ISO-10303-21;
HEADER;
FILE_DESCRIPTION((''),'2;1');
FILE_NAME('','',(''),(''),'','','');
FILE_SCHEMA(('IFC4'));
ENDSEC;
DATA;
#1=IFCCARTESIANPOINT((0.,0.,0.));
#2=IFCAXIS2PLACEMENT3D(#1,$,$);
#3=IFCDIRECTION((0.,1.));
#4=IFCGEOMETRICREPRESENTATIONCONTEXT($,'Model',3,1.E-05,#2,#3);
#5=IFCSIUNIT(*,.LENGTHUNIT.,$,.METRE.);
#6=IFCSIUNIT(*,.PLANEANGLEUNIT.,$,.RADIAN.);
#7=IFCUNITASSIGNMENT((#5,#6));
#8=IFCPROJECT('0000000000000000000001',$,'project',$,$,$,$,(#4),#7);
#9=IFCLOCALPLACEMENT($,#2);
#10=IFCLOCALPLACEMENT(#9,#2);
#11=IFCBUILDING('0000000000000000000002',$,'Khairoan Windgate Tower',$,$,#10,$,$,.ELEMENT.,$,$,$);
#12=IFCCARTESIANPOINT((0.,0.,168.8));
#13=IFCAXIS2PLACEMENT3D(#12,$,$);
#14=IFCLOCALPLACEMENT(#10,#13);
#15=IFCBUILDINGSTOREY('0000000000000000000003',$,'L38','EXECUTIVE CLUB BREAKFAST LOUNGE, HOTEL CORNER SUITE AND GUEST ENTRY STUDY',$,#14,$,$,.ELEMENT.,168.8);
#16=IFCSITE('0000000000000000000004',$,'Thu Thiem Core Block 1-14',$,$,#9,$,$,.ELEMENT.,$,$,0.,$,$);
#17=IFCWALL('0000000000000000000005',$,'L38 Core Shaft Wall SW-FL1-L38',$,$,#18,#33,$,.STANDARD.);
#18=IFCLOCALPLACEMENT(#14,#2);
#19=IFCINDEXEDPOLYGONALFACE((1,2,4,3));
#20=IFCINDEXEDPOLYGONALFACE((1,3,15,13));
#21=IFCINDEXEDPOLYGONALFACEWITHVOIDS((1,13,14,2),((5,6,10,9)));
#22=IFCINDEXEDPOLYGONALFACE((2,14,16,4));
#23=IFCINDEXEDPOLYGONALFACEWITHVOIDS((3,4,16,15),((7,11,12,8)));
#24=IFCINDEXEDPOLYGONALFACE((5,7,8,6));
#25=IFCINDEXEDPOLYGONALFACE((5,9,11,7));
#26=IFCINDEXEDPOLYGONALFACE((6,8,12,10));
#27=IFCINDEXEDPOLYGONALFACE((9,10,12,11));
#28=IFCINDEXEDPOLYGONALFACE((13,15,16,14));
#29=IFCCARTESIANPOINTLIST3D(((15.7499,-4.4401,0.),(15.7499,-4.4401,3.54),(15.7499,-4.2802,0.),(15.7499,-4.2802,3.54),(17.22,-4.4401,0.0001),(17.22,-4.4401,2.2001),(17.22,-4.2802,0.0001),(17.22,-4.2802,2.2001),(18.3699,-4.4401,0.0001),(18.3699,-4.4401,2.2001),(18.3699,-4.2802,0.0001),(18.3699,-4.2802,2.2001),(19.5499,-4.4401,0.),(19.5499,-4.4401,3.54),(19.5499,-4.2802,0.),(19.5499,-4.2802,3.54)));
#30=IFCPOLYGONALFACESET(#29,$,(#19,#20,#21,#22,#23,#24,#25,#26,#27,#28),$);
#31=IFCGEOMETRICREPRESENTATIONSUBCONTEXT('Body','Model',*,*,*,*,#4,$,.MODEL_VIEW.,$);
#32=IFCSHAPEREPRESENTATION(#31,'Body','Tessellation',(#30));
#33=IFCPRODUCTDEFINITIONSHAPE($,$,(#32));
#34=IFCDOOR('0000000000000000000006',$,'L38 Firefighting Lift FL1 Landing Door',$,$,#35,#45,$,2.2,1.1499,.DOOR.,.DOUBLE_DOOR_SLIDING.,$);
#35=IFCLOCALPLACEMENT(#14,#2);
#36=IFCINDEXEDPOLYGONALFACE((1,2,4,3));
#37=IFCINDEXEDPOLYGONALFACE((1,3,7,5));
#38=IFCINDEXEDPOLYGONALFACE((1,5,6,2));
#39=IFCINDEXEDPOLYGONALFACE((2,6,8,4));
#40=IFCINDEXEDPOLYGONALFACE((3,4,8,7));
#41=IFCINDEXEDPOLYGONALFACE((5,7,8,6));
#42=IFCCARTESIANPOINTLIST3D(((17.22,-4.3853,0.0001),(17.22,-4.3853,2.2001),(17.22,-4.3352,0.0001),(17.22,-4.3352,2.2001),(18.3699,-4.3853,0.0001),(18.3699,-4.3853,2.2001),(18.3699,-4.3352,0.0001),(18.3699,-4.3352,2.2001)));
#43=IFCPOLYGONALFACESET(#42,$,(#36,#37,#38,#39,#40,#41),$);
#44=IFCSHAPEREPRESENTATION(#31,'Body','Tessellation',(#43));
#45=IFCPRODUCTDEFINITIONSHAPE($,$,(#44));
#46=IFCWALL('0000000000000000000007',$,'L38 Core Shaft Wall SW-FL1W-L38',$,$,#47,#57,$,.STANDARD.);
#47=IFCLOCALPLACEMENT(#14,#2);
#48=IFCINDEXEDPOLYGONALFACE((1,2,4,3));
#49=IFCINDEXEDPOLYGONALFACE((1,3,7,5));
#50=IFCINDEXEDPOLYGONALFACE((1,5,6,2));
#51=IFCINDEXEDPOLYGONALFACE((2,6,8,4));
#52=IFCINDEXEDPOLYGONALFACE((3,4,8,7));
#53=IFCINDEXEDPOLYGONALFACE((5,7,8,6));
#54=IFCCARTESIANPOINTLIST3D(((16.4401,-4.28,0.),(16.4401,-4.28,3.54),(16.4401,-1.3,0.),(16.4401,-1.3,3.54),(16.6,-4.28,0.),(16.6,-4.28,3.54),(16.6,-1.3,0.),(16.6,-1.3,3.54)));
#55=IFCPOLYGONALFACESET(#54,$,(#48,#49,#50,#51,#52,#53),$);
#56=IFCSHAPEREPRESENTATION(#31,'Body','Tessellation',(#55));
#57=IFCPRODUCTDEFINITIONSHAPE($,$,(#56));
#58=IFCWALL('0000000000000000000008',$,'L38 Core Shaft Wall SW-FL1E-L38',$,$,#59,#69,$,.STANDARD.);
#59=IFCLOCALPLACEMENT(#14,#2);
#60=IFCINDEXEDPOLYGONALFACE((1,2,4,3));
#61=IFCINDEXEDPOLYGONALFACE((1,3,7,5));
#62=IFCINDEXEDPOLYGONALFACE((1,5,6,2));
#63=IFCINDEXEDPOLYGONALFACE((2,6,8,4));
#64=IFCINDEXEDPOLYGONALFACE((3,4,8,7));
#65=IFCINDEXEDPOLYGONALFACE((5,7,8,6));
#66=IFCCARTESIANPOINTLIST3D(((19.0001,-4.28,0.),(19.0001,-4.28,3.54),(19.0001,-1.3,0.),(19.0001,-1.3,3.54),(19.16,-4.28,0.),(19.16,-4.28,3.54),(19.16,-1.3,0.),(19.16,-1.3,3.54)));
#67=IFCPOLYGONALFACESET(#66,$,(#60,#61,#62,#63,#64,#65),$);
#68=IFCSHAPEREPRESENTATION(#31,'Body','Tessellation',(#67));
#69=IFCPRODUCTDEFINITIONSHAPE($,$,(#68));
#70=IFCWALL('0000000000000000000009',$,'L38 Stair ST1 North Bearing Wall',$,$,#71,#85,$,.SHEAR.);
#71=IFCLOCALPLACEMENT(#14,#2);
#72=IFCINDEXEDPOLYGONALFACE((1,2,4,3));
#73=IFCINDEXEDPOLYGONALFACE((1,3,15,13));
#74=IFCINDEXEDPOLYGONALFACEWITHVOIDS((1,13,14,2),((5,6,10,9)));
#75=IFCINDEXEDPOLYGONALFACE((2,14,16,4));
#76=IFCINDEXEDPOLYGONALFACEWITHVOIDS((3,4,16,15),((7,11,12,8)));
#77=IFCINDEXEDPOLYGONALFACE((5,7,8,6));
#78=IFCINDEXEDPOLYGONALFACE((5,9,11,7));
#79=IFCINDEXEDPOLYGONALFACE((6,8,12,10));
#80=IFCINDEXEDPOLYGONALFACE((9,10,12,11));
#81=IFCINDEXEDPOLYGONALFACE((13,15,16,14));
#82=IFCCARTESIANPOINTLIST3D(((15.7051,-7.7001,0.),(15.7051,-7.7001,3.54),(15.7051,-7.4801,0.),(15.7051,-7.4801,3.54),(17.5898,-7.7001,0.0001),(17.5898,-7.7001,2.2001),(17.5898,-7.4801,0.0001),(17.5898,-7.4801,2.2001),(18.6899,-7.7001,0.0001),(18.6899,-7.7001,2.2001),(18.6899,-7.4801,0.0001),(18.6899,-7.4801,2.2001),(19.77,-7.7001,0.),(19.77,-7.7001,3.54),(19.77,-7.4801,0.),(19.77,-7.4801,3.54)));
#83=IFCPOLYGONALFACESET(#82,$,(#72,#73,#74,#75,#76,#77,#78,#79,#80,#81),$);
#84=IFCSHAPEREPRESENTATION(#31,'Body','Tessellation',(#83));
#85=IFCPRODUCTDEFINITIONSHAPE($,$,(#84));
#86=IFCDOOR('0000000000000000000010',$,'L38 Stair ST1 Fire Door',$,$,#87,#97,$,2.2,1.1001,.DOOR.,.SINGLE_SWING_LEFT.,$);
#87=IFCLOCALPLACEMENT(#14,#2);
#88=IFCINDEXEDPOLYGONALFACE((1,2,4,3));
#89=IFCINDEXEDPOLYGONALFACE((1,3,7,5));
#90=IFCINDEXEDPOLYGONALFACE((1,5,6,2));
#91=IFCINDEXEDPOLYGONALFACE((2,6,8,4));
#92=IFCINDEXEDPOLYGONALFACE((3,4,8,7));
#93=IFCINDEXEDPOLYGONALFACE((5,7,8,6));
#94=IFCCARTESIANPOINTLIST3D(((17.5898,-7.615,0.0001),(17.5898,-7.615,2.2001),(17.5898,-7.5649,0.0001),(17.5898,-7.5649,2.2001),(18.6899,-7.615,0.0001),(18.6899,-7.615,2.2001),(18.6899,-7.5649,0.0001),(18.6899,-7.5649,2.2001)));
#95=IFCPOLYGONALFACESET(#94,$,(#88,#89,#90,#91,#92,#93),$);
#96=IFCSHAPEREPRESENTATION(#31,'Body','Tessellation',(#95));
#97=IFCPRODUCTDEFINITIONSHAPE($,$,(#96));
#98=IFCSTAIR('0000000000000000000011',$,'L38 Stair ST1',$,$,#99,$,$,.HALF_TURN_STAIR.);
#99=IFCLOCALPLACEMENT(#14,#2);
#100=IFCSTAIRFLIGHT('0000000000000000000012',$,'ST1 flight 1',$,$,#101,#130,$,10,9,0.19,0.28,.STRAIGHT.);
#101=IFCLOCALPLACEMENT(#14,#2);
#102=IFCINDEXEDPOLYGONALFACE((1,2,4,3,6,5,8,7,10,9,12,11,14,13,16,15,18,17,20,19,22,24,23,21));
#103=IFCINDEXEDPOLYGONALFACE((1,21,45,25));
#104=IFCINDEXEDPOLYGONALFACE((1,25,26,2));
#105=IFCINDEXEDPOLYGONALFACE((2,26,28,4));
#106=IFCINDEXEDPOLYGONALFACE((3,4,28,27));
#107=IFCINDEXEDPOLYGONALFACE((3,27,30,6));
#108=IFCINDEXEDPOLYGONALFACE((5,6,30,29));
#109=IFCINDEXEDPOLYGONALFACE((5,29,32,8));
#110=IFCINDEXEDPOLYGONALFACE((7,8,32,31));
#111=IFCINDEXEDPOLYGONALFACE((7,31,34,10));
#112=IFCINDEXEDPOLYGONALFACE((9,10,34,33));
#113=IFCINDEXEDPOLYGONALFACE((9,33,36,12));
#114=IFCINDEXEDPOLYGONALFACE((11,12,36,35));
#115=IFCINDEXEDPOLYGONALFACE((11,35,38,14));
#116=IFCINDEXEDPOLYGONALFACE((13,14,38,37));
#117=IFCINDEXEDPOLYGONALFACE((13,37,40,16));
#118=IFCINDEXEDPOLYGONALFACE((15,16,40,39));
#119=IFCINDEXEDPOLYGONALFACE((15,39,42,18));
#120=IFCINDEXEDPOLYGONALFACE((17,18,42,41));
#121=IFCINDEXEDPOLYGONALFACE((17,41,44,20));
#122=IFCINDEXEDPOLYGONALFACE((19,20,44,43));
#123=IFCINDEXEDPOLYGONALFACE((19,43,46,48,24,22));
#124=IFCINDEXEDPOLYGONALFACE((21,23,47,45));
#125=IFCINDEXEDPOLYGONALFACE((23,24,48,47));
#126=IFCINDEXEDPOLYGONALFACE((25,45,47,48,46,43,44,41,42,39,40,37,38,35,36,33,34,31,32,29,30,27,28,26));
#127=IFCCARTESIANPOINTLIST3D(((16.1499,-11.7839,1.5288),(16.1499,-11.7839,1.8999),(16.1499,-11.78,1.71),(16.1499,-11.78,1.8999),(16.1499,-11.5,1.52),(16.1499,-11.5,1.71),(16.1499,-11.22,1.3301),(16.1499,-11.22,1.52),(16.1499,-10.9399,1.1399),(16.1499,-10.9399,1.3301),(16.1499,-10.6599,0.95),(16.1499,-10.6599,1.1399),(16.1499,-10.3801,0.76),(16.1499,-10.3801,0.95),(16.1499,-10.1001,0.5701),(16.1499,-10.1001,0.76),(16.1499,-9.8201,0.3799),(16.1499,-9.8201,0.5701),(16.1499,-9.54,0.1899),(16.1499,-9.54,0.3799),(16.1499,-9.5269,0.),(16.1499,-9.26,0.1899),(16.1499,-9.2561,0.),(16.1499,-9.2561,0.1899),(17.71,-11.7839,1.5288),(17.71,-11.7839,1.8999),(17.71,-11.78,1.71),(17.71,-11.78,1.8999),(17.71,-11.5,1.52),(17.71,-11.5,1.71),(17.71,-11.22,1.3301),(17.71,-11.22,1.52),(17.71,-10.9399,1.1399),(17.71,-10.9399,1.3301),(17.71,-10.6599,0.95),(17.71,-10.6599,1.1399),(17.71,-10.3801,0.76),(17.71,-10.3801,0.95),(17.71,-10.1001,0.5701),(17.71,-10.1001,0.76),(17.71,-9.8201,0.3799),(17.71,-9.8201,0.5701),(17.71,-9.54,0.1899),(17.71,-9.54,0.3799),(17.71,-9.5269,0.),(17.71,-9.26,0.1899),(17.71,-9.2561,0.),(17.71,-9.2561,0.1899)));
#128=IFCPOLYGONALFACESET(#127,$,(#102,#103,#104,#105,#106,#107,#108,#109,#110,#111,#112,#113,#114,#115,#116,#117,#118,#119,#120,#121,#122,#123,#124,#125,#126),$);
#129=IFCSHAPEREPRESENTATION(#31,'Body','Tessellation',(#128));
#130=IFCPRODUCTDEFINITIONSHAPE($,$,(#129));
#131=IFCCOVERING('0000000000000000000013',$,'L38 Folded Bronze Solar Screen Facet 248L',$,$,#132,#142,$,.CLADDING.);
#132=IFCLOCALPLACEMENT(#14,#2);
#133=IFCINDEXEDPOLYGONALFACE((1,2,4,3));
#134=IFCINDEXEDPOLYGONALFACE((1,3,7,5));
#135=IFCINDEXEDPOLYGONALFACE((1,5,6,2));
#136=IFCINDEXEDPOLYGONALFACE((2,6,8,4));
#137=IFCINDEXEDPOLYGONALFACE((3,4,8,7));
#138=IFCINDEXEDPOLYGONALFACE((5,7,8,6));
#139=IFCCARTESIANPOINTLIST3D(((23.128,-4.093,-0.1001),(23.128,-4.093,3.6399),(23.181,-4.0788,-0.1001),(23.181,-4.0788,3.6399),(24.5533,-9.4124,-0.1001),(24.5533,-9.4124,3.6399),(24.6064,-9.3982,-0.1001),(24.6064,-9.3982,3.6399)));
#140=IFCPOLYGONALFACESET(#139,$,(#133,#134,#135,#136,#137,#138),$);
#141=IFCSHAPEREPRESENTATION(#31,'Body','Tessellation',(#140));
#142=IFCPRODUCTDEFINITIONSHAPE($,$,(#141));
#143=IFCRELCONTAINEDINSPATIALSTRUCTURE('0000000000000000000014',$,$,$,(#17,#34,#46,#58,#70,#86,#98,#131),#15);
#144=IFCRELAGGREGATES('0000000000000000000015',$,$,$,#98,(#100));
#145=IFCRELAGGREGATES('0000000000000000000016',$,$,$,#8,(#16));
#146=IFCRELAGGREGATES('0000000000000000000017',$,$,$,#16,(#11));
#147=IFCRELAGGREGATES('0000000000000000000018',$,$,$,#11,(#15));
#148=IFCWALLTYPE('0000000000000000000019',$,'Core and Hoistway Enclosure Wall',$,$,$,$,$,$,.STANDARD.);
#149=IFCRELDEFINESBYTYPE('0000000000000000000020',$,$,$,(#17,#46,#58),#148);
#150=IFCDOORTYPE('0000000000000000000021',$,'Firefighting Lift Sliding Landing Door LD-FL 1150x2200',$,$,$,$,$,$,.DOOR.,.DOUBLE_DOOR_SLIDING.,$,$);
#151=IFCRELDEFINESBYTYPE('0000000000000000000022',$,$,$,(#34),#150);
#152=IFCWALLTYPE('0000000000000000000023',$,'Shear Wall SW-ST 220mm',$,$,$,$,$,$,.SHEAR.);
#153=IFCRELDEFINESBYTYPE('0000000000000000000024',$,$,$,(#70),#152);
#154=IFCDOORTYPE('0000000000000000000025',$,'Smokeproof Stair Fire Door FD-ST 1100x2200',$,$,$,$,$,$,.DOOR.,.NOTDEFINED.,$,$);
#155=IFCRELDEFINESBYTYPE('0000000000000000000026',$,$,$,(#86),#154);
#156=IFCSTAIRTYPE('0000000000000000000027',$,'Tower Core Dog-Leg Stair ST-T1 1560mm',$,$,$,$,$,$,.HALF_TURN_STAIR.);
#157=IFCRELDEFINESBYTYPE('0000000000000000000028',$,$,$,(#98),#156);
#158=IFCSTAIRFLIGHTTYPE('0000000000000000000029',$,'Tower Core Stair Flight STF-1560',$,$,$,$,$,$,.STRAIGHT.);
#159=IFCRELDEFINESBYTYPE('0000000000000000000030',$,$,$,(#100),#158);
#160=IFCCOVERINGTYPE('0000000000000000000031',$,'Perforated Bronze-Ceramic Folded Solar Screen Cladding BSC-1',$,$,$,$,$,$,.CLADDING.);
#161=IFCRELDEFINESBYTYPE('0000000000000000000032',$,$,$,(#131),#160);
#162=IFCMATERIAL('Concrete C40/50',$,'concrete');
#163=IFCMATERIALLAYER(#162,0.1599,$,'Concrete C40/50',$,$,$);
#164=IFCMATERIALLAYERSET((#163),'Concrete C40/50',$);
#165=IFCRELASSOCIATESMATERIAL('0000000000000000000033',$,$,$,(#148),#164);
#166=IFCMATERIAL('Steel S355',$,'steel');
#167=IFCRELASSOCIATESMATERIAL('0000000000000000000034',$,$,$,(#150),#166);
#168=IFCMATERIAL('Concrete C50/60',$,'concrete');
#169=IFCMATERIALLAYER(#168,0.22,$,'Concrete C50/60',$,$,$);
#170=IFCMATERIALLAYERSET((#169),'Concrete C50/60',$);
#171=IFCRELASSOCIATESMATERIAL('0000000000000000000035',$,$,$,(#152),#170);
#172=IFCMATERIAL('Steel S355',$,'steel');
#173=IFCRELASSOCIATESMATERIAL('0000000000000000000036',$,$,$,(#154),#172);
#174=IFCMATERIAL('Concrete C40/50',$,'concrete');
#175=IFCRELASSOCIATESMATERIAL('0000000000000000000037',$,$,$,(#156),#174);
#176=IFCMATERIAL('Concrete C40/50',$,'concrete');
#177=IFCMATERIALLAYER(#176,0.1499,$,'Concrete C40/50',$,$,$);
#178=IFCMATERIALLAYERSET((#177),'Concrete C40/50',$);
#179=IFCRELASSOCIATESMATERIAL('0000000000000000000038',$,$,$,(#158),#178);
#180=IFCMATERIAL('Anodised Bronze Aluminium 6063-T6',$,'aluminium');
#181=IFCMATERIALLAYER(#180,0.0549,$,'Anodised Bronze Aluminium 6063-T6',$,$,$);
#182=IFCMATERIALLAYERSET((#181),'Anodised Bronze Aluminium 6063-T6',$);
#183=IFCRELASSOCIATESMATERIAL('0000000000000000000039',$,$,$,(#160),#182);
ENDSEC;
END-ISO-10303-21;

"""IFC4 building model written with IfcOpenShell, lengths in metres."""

from ifc_helpers import new_model, si_unit, direction, frame, frame_2d, origin, origin_2d, place, context, subcontext, project, spatial, polyline, rectangle, outline, extrude, material, layer, layer_set, type_object, element, fill, aggregate, save


model = new_model("IFC4")

# Units and contexts
model_context = context("Model", 3, precision=1e-05, world=origin(), true_north=direction((0.0, 1.0)))
body_context = subcontext(model_context, "Body", "Model", "MODEL_VIEW")
ifc_project = project(units=[si_unit("LENGTHUNIT", "METRE"), si_unit("PLANEANGLEUNIT", "RADIAN")], contexts=[model_context])

# Site, building, storey
site_placement = place(None, origin())
site = spatial("IfcSite", under=ifc_project, at=site_placement, Name="Thu Thiem Core Block 1-14", CompositionType="ELEMENT", RefElevation=0.0)
building_placement = place(site_placement, origin())
building = spatial("IfcBuilding", under=site, at=building_placement, Name="Khairoan Windgate Tower", CompositionType="ELEMENT")
storey_placement = place(building_placement, frame((0.0, 0.0, 168.8)))
storey = spatial("IfcBuildingStorey", under=building, at=storey_placement, Name="L38", Description="EXECUTIVE CLUB BREAKFAST LOUNGE, HOTEL CORNER SUITE AND GUEST ENTRY STUDY", CompositionType="ELEMENT", Elevation=168.8)

# Shared definitions
ifc_material_1 = material(Name="Concrete C40/50", Category="concrete")
ifc_layer_1 = layer(ifc_material_1, 0.1599, Name="Concrete C40/50")
ifc_layer_set_1 = layer_set([ifc_layer_1], Name="Concrete C40/50")
wall_type_1 = type_object("IfcWallType", Name="Core and Hoistway Enclosure Wall", PredefinedType="STANDARD", material=ifc_layer_set_1)

# Wall, opening, door
wall_1_placement = place(storey_placement, frame((15.75, -4.3601, 0.0), z_axis=(0.0, 0.0, 1.0), x_axis=(1.0, 0.0, 0.0)))
wall_1 = element("IfcWall", 1, at=wall_1_placement, inside=storey, type_object=wall_type_1, Name="L38 Core Shaft Wall SW-FL1-L38", PredefinedType="STANDARD", context=body_context, shape_type="SweptSolid", body=[
    extrude(rectangle(XDim=3.8, YDim=0.1599, at=frame_2d((1.8999, 0.0))), origin(), (0.0, 0.0, 1.0), 3.54),
])
opening_1_placement = place(wall_1_placement, frame((1.47, 0.0, 0.0)))
opening_1 = element("IfcOpeningElement", 2, at=opening_1_placement, cuts=wall_1, PredefinedType="OPENING", context=body_context, shape_type="SweptSolid", body=[
    extrude(rectangle(XDim=1.1499, YDim=2.2, at=frame_2d((0.575, 1.1001))), frame((0.0, 0.0898, 0.0), z_axis=(0.0, -1.0, 0.0), x_axis=(1.0, 0.0, 0.0)), (0.0, 0.0, 1.0), 0.1799),
])
ifc_material_2 = material(Name="Steel S355", Category="steel")
door_type_1 = type_object("IfcDoorType", Name="Firefighting Lift Sliding Landing Door LD-FL 1150x2200", OperationType="DOUBLE_DOOR_SLIDING", PredefinedType="DOOR", material=ifc_material_2)
door_1_placement = place(opening_1_placement, origin())
door_1 = element("IfcDoor", 3, at=door_1_placement, inside=storey, type_object=door_type_1, Name="L38 Firefighting Lift FL1 Landing Door", OperationType="DOUBLE_DOOR_SLIDING", OverallHeight=2.2, OverallWidth=1.1499, PredefinedType="DOOR", context=body_context, shape_type="SweptSolid", body=[
    extrude(rectangle(XDim=1.1499, YDim=2.2, at=frame_2d((0.575, 1.1001))), frame((0.0, 0.0249, 0.0), z_axis=(0.0, -1.0, 0.0), x_axis=(1.0, 0.0, 0.0)), (0.0, 0.0, 1.0), 0.05),
])
fill(opening_1, door_1)

# Walls
for number, where, z_axis, x_axis, name in (
    (4, (16.52, -4.28, 0.0), (0.0, 0.0, 1.0), (0.0, 1.0, 0.0), "L38 Core Shaft Wall SW-FL1W-L38"),
    (5, (19.0801, -4.28, 0.0), (0.0, 0.0, 1.0), (0.0, 1.0, 0.0), "L38 Core Shaft Wall SW-FL1E-L38"),
):
    element("IfcWall", number, at=place(storey_placement, frame(where, z_axis=z_axis, x_axis=x_axis)), inside=storey, type_object=wall_type_1, Name=name, PredefinedType="STANDARD", context=body_context, shape_type="SweptSolid", body=[
        extrude(rectangle(XDim=2.98, YDim=0.1599, at=frame_2d((1.49, 0.0))), origin(), (0.0, 0.0, 1.0), 3.54),
    ])

# Wall, opening, door
ifc_material_3 = material(Name="Concrete C50/60", Category="concrete")
ifc_layer_2 = layer(ifc_material_3, 0.22, Name="Concrete C50/60")
ifc_layer_set_2 = layer_set([ifc_layer_2], Name="Concrete C50/60")
wall_type_2 = type_object("IfcWallType", Name="Shear Wall SW-ST 220mm", PredefinedType="SHEAR", material=ifc_layer_set_2)
wall_2_placement = place(storey_placement, frame((19.77, -7.5901, 0.0), z_axis=(0.0, 0.0, 1.0), x_axis=(-1.0, 0.0, 0.0)))
wall_2 = element("IfcWall", 6, at=wall_2_placement, inside=storey, type_object=wall_type_2, Name="L38 Stair ST1 North Bearing Wall", PredefinedType="SHEAR", context=body_context, shape_type="SweptSolid", body=[
    extrude(rectangle(XDim=4.0649, YDim=0.22, at=frame_2d((2.0325, 0.0))), origin(), (0.0, 0.0, 1.0), 3.54),
])
opening_2_placement = place(wall_2_placement, frame((1.0801, 0.0, 0.0)))
opening_2 = element("IfcOpeningElement", 7, at=opening_2_placement, cuts=wall_2, PredefinedType="OPENING", context=body_context, shape_type="SweptSolid", body=[
    extrude(rectangle(XDim=1.1001, YDim=2.2, at=frame_2d((0.55, 1.1001))), frame((0.0, 0.1199, 0.0), z_axis=(0.0, -1.0, 0.0), x_axis=(1.0, 0.0, 0.0)), (0.0, 0.0, 1.0), 0.24),
])
ifc_material_4 = material(Name="Steel S355", Category="steel")
door_type_2 = type_object("IfcDoorType", Name="Smokeproof Stair Fire Door FD-ST 1100x2200", OperationType="NOTDEFINED", PredefinedType="DOOR", material=ifc_material_4)
door_2_placement = place(opening_2_placement, origin())
door_2 = element("IfcDoor", 8, at=door_2_placement, inside=storey, type_object=door_type_2, Name="L38 Stair ST1 Fire Door", OperationType="SINGLE_SWING_LEFT", OverallHeight=2.2, OverallWidth=1.1001, PredefinedType="DOOR", context=body_context, shape_type="SweptSolid", body=[
    extrude(rectangle(XDim=1.1001, YDim=2.2, at=frame_2d((0.55, 1.1001))), frame((0.0, 0.0249, 0.0), z_axis=(0.0, -1.0, 0.0), x_axis=(1.0, 0.0, 0.0)), (0.0, 0.0, 1.0), 0.05),
])
fill(opening_2, door_2)

# Stair, stair flight
ifc_material_5 = material(Name="Concrete C40/50", Category="concrete")
stair_type = type_object("IfcStairType", Name="Tower Core Dog-Leg Stair ST-T1 1560mm", PredefinedType="HALF_TURN_STAIR", material=ifc_material_5)
stair_placement = place(storey_placement, origin())
stair = element("IfcStair", 9, at=stair_placement, inside=storey, type_object=stair_type, Name="L38 Stair ST1", PredefinedType="HALF_TURN_STAIR")
ifc_material_6 = material(Name="Concrete C40/50", Category="concrete")
ifc_layer_3 = layer(ifc_material_6, 0.1499, Name="Concrete C40/50")
ifc_layer_set_3 = layer_set([ifc_layer_3], Name="Concrete C40/50")
stair_flight_type = type_object("IfcStairFlightType", Name="Tower Core Stair Flight STF-1560", PredefinedType="STRAIGHT", material=ifc_layer_set_3)
stair_flight_placement = place(storey_placement, frame((16.9299, -9.26, 0.0), z_axis=(0.0, 0.0, 1.0), x_axis=(0.0, -1.0, 0.0)))
stair_flight = element("IfcStairFlight", 10, at=stair_flight_placement, type_object=stair_flight_type, Name="ST1 flight 1", NumberOfRisers=10, NumberOfTreads=9, PredefinedType="STRAIGHT", RiserHeight=0.19, TreadLength=0.28, context=body_context, shape_type="SweptSolid", body=[
    extrude(outline(polyline([(-0.0039, 0.0), (-0.0039, 0.1899), (0.0, 0.1899), (0.28, 0.1899), (0.28, 0.3799), (0.5601, 0.3799), (0.5601, 0.5701), (0.8401, 0.5701), (0.8401, 0.76), (1.1201, 0.76), (1.1201, 0.95), (1.3999, 0.95), (1.3999, 1.1399), (1.6799, 1.1399), (1.6799, 1.3301), (1.96, 1.3301), (1.96, 1.52), (2.24, 1.52), (2.24, 1.71), (2.52, 1.71), (2.52, 1.8999), (2.5239, 1.8999), (2.5239, 1.5288), (0.2668, 0.0), (-0.0039, 0.0)])), frame((0.0, 0.78, 0.0), z_axis=(0.0, -1.0, 0.0), x_axis=(1.0, 0.0, 0.0)), (0.0, 0.0, 1.0), 1.5601),
])
aggregate(stair, [stair_flight])

# Covering
ifc_material_7 = material(Name="Anodised Bronze Aluminium 6063-T6", Category="aluminium")
ifc_layer_4 = layer(ifc_material_7, 0.0549, Name="Anodised Bronze Aluminium 6063-T6")
ifc_layer_set_4 = layer_set([ifc_layer_4], Name="Anodised Bronze Aluminium 6063-T6")
covering_type = type_object("IfcCoveringType", Name="Perforated Bronze-Ceramic Folded Solar Screen Cladding BSC-1", PredefinedType="CLADDING", material=ifc_layer_set_4)
covering_placement = place(storey_placement, frame((23.8672, -6.7456, -0.1001), z_axis=(0.0, 0.0, 1.0), x_axis=(0.258819, -0.965926, 0.0)))
element("IfcCovering", 11, at=covering_placement, inside=storey, type_object=covering_type, Name="L38 Folded Bronze Solar Screen Facet 248L", PredefinedType="CLADDING", context=body_context, shape_type="SweptSolid", body=[
    extrude(rectangle(XDim=5.5071, YDim=0.0549, at=origin_2d()), origin(), (0.0, 0.0, 1.0), 3.74),
])

save(model, "model.ifc")
